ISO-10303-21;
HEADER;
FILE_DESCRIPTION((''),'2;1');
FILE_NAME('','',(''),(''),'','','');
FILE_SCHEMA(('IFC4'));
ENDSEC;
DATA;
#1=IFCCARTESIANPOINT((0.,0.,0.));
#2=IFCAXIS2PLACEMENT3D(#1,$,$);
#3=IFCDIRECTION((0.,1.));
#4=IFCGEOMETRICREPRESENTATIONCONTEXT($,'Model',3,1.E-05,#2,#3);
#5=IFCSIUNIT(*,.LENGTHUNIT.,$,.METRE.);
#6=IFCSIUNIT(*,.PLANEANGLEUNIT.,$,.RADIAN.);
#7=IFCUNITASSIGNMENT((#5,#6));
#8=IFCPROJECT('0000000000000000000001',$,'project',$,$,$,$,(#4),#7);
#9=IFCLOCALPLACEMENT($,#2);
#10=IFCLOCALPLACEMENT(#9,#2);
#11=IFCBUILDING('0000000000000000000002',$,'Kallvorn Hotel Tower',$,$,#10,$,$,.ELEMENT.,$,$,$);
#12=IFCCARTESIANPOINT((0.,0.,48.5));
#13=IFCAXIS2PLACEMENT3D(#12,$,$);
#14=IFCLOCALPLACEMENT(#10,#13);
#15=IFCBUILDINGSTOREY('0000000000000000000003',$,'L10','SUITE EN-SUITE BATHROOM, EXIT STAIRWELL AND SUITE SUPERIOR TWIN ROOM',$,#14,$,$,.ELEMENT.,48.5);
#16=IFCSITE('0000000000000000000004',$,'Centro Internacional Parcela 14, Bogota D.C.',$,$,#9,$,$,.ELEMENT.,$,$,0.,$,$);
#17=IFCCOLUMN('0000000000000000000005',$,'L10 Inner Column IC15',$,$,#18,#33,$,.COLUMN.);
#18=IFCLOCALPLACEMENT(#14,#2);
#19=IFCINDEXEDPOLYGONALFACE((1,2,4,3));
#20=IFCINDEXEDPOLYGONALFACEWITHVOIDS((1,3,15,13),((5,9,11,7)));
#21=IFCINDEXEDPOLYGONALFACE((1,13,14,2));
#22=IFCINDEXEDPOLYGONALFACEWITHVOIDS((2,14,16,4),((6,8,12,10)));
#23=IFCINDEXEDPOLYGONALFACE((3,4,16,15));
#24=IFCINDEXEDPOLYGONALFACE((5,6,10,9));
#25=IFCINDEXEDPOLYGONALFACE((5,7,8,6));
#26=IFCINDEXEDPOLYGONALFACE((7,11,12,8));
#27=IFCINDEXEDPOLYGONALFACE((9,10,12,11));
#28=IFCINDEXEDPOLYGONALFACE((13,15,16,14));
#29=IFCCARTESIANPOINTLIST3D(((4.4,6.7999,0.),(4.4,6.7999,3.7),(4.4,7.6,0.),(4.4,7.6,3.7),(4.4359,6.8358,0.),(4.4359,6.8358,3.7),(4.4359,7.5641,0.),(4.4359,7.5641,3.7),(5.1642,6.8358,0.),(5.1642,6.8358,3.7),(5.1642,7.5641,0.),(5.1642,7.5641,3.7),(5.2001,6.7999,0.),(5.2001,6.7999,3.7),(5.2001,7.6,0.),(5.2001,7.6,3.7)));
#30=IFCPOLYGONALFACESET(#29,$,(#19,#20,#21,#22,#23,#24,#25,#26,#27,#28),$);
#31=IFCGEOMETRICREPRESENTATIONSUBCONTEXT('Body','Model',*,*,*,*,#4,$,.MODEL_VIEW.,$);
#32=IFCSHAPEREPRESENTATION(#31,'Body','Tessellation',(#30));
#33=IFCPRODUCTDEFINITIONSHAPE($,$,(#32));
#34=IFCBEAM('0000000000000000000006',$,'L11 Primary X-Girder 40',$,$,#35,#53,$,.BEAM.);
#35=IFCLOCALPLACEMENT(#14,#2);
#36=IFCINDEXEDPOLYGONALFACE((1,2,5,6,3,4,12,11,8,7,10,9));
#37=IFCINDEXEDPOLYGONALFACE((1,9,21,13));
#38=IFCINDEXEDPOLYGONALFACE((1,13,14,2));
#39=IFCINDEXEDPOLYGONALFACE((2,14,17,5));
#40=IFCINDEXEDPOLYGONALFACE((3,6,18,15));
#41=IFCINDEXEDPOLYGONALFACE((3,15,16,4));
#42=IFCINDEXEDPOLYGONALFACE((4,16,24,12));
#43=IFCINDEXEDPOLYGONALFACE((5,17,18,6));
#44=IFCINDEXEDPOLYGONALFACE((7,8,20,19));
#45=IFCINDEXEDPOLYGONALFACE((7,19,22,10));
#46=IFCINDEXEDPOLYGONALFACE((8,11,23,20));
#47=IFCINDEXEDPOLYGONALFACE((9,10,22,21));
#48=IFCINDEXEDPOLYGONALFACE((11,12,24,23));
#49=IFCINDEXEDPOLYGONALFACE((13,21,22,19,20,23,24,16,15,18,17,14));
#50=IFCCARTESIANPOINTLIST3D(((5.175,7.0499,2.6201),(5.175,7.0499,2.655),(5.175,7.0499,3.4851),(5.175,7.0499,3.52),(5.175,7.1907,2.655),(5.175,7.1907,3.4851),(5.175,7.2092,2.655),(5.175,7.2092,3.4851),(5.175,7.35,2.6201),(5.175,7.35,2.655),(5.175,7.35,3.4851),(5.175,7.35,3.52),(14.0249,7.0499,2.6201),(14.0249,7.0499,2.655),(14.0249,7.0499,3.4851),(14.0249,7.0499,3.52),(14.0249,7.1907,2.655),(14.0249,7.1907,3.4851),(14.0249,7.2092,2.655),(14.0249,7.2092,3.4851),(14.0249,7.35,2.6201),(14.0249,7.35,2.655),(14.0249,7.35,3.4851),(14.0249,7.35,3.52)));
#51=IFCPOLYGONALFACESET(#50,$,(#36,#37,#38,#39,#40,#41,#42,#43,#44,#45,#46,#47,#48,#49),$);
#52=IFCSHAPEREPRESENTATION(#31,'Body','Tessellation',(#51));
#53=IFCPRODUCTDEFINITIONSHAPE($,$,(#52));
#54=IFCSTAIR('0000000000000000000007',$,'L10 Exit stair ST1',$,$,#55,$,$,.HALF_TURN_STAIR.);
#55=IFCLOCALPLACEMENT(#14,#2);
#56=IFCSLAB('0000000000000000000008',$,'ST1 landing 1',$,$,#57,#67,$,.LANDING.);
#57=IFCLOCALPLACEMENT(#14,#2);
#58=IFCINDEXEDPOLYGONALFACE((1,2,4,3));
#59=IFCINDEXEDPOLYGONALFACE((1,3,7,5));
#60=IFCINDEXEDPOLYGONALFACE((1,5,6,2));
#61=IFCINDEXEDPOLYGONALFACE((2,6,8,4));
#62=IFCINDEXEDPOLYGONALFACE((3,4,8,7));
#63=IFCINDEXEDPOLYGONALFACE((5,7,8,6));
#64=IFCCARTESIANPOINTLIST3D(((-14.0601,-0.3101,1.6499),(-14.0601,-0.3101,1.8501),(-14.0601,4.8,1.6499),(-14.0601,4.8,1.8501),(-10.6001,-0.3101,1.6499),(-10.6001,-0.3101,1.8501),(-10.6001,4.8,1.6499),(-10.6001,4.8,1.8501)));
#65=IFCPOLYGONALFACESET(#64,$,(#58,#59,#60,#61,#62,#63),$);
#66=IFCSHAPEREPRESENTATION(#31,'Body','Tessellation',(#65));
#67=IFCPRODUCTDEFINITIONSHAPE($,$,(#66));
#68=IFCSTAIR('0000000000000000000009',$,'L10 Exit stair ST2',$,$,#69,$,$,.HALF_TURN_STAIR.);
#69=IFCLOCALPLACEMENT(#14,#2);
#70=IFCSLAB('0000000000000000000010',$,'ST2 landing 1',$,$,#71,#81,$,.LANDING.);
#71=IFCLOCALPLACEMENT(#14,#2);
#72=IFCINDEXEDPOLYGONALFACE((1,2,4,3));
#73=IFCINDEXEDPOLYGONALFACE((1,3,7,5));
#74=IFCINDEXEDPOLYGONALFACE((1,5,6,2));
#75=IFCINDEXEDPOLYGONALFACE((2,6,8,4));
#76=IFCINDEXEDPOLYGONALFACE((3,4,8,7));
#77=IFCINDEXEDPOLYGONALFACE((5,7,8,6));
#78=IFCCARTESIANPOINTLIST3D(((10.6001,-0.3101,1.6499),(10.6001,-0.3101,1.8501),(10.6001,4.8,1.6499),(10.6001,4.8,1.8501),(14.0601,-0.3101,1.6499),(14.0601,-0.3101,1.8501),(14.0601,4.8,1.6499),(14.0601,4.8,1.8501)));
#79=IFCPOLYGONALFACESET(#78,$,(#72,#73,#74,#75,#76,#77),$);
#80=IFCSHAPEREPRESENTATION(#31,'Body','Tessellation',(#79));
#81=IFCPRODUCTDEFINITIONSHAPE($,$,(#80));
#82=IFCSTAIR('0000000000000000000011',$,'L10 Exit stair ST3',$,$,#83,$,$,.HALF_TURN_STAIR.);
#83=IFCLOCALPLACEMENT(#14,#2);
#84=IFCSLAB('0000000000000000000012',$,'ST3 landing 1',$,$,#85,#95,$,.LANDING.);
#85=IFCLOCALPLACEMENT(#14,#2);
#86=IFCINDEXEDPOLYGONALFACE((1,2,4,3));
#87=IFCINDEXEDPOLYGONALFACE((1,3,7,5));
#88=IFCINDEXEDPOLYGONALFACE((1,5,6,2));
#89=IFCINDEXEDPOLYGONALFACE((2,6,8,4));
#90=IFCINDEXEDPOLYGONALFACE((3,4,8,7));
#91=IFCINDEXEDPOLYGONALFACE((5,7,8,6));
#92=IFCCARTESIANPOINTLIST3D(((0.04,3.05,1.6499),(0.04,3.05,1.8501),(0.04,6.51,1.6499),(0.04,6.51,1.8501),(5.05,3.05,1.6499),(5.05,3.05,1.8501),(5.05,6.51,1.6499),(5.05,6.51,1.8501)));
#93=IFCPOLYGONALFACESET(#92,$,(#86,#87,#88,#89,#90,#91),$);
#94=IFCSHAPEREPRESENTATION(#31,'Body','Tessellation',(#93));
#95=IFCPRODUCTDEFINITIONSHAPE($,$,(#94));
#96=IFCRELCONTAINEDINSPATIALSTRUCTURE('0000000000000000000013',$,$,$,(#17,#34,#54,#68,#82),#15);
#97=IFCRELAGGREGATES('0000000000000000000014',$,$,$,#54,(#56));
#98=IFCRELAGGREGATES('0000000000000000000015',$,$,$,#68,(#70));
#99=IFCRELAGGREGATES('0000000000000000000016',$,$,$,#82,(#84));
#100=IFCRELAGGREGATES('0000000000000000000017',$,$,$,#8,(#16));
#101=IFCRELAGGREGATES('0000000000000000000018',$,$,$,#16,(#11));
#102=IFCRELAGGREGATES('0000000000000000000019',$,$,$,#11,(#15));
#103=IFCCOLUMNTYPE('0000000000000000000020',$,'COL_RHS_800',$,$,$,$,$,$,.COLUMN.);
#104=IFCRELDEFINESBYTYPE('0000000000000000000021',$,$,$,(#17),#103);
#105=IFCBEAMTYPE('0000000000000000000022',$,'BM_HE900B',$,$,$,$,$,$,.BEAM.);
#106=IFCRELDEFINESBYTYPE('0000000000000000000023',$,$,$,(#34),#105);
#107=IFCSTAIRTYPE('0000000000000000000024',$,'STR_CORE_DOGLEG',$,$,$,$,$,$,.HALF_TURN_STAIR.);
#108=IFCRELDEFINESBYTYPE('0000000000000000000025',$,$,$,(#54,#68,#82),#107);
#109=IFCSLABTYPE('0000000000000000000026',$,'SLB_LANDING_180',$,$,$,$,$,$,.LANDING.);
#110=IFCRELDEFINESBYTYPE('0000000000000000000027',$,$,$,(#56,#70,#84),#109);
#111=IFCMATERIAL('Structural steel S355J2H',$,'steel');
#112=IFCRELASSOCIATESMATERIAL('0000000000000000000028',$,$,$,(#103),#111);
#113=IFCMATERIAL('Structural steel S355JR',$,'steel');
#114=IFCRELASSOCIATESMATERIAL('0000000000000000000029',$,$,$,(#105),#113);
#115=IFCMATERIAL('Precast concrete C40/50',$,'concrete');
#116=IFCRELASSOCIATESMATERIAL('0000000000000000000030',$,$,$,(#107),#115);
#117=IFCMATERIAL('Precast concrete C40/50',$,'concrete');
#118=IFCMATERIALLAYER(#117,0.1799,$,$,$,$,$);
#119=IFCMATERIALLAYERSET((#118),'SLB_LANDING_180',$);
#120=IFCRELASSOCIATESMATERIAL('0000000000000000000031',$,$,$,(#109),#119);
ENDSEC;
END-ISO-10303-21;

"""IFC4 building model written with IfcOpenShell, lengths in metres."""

from ifc_helpers import new_model, si_unit, direction, frame, origin, origin_2d, place, context, subcontext, project, spatial, polyline, hollow_rectangle, i_section, outline, extrude, material, layer, layer_set, material_profile, profile_set, type_object, element, aggregate, save


model = new_model("IFC4")

# Units and contexts
model_context = context("Model", 3, precision=1e-05, world=origin(), true_north=direction((0.0, 1.0)))
body_context = subcontext(model_context, "Body", "Model", "MODEL_VIEW")
ifc_project = project(units=[si_unit("LENGTHUNIT", "METRE"), si_unit("PLANEANGLEUNIT", "RADIAN")], contexts=[model_context])

# Site, building, storey
site_placement = place(None, origin())
site = spatial("IfcSite", under=ifc_project, at=site_placement, Name="Centro Internacional Parcela 14, Bogota D.C.", CompositionType="ELEMENT", RefElevation=0.0)
building_placement = place(site_placement, origin())
building = spatial("IfcBuilding", under=site, at=building_placement, Name="Kallvorn Hotel Tower", CompositionType="ELEMENT")
storey_placement = place(building_placement, frame((0.0, 0.0, 48.5)))
storey = spatial("IfcBuildingStorey", under=building, at=storey_placement, Name="L10", Description="SUITE EN-SUITE BATHROOM, EXIT STAIRWELL AND SUITE SUPERIOR TWIN ROOM", CompositionType="ELEMENT", Elevation=48.5)

# Column
ifc_material_1 = material(Name="Structural steel S355J2H", Category="steel")
ifc_material_profile_1 = material_profile(ifc_material_1, hollow_rectangle(XDim=0.8, YDim=0.8, WallThickness=0.0359, at=origin_2d()), Name="RHS 800x800x36")
ifc_profile_set_1 = profile_set([ifc_material_profile_1], Name="Structural steel S355J2H")
column_type = type_object("IfcColumnType", Name="COL_RHS_800", PredefinedType="COLUMN", material=ifc_profile_set_1)
column_placement = place(storey_placement, frame((4.8, 7.2, 0.0), z_axis=(0.0, 0.0, 1.0), x_axis=(1.0, 0.0, 0.0)))
element("IfcColumn", 1, at=column_placement, inside=storey, type_object=column_type, Name="L10 Inner Column IC15", PredefinedType="COLUMN", context=body_context, shape_type="SweptSolid", body=[
    extrude(hollow_rectangle(XDim=0.8, YDim=0.8, WallThickness=0.0359, at=origin_2d()), origin(), (0.0, 0.0, 1.0), 3.7),
])

# Beam
ifc_material_2 = material(Name="Structural steel S355JR", Category="steel")
ifc_material_profile_2 = material_profile(ifc_material_2, i_section(OverallWidth=0.3, OverallDepth=0.8999, WebThickness=0.0186, FlangeThickness=0.0349, at=origin_2d()), Name="HE 900 B")
ifc_profile_set_2 = profile_set([ifc_material_profile_2], Name="Structural steel S355JR")
beam_type = type_object("IfcBeamType", Name="BM_HE900B", PredefinedType="BEAM", material=ifc_profile_set_2)
beam_placement = place(storey_placement, frame((5.175, 7.2, 3.0701), z_axis=(1.0, 0.0, 0.0), x_axis=(0.0, 1.0, 0.0)))
element("IfcBeam", 2, at=beam_placement, inside=storey, type_object=beam_type, Name="L11 Primary X-Girder 40", PredefinedType="BEAM", context=body_context, shape_type="SweptSolid", body=[
    extrude(i_section(OverallWidth=0.3, OverallDepth=0.8999, WebThickness=0.0186, FlangeThickness=0.0349, at=origin_2d()), origin(), (0.0, 0.0, 1.0), 8.8499),
])

# Stairs, slabs
ifc_material_3 = material(Name="Precast concrete C40/50", Category="concrete")
stair_type = type_object("IfcStairType", Name="STR_CORE_DOGLEG", PredefinedType="HALF_TURN_STAIR", material=ifc_material_3)
stair_1_placement = place(storey_placement, origin())
stair_1 = element("IfcStair", 3, at=stair_1_placement, inside=storey, type_object=stair_type, Name="L10 Exit stair ST1", PredefinedType="HALF_TURN_STAIR")
ifc_material_4 = material(Name="Precast concrete C40/50", Category="concrete")
ifc_layer_1 = layer(ifc_material_4, 0.1799)
ifc_layer_set_1 = layer_set([ifc_layer_1], Name="SLB_LANDING_180")
slab_type_1 = type_object("IfcSlabType", Name="SLB_LANDING_180", PredefinedType="LANDING", material=ifc_layer_set_1)
slab_1_placement = place(storey_placement, frame((0.0, 0.0, 1.6499)))
slab_1 = element("IfcSlab", 4, at=slab_1_placement, type_object=slab_type_1, Name="ST1 landing 1", PredefinedType="LANDING", context=body_context, shape_type="SweptSolid", body=[
    extrude(outline(polyline([(-10.6001, -0.3101), (-10.6001, 4.8), (-14.0601, 4.8), (-14.0601, -0.3101), (-10.6001, -0.3101)])), origin(), (0.0, 0.0, 1.0), 0.2002),
])
aggregate(stair_1, [slab_1])
stair_2_placement = place(storey_placement, origin())
stair_2 = element("IfcStair", 5, at=stair_2_placement, inside=storey, type_object=stair_type, Name="L10 Exit stair ST2", PredefinedType="HALF_TURN_STAIR")
slab_2_placement = place(storey_placement, frame((0.0, 0.0, 1.6499)))
slab_2 = element("IfcSlab", 6, at=slab_2_placement, type_object=slab_type_1, Name="ST2 landing 1", PredefinedType="LANDING", context=body_context, shape_type="SweptSolid", body=[
    extrude(outline(polyline([(14.0601, -0.3101), (14.0601, 4.8), (10.6001, 4.8), (10.6001, -0.3101), (14.0601, -0.3101)])), origin(), (0.0, 0.0, 1.0), 0.2002),
])
stair_3_placement = place(storey_placement, origin())
stair_3 = element("IfcStair", 7, at=stair_3_placement, inside=storey, type_object=stair_type, Name="L10 Exit stair ST3", PredefinedType="HALF_TURN_STAIR")
slab_3_placement = place(storey_placement, frame((0.0, 0.0, 1.6499)))
slab_3 = element("IfcSlab", 8, at=slab_3_placement, type_object=slab_type_1, Name="ST3 landing 1", PredefinedType="LANDING", context=body_context, shape_type="SweptSolid", body=[
    extrude(outline(polyline([(0.04, 3.05), (5.05, 3.05), (5.05, 6.51), (0.04, 6.51), (0.04, 3.05)])), origin(), (0.0, 0.0, 1.0), 0.2002),
])

aggregate(stair_2, [slab_2])
aggregate(stair_3, [slab_3])

save(model, "model.ifc")
